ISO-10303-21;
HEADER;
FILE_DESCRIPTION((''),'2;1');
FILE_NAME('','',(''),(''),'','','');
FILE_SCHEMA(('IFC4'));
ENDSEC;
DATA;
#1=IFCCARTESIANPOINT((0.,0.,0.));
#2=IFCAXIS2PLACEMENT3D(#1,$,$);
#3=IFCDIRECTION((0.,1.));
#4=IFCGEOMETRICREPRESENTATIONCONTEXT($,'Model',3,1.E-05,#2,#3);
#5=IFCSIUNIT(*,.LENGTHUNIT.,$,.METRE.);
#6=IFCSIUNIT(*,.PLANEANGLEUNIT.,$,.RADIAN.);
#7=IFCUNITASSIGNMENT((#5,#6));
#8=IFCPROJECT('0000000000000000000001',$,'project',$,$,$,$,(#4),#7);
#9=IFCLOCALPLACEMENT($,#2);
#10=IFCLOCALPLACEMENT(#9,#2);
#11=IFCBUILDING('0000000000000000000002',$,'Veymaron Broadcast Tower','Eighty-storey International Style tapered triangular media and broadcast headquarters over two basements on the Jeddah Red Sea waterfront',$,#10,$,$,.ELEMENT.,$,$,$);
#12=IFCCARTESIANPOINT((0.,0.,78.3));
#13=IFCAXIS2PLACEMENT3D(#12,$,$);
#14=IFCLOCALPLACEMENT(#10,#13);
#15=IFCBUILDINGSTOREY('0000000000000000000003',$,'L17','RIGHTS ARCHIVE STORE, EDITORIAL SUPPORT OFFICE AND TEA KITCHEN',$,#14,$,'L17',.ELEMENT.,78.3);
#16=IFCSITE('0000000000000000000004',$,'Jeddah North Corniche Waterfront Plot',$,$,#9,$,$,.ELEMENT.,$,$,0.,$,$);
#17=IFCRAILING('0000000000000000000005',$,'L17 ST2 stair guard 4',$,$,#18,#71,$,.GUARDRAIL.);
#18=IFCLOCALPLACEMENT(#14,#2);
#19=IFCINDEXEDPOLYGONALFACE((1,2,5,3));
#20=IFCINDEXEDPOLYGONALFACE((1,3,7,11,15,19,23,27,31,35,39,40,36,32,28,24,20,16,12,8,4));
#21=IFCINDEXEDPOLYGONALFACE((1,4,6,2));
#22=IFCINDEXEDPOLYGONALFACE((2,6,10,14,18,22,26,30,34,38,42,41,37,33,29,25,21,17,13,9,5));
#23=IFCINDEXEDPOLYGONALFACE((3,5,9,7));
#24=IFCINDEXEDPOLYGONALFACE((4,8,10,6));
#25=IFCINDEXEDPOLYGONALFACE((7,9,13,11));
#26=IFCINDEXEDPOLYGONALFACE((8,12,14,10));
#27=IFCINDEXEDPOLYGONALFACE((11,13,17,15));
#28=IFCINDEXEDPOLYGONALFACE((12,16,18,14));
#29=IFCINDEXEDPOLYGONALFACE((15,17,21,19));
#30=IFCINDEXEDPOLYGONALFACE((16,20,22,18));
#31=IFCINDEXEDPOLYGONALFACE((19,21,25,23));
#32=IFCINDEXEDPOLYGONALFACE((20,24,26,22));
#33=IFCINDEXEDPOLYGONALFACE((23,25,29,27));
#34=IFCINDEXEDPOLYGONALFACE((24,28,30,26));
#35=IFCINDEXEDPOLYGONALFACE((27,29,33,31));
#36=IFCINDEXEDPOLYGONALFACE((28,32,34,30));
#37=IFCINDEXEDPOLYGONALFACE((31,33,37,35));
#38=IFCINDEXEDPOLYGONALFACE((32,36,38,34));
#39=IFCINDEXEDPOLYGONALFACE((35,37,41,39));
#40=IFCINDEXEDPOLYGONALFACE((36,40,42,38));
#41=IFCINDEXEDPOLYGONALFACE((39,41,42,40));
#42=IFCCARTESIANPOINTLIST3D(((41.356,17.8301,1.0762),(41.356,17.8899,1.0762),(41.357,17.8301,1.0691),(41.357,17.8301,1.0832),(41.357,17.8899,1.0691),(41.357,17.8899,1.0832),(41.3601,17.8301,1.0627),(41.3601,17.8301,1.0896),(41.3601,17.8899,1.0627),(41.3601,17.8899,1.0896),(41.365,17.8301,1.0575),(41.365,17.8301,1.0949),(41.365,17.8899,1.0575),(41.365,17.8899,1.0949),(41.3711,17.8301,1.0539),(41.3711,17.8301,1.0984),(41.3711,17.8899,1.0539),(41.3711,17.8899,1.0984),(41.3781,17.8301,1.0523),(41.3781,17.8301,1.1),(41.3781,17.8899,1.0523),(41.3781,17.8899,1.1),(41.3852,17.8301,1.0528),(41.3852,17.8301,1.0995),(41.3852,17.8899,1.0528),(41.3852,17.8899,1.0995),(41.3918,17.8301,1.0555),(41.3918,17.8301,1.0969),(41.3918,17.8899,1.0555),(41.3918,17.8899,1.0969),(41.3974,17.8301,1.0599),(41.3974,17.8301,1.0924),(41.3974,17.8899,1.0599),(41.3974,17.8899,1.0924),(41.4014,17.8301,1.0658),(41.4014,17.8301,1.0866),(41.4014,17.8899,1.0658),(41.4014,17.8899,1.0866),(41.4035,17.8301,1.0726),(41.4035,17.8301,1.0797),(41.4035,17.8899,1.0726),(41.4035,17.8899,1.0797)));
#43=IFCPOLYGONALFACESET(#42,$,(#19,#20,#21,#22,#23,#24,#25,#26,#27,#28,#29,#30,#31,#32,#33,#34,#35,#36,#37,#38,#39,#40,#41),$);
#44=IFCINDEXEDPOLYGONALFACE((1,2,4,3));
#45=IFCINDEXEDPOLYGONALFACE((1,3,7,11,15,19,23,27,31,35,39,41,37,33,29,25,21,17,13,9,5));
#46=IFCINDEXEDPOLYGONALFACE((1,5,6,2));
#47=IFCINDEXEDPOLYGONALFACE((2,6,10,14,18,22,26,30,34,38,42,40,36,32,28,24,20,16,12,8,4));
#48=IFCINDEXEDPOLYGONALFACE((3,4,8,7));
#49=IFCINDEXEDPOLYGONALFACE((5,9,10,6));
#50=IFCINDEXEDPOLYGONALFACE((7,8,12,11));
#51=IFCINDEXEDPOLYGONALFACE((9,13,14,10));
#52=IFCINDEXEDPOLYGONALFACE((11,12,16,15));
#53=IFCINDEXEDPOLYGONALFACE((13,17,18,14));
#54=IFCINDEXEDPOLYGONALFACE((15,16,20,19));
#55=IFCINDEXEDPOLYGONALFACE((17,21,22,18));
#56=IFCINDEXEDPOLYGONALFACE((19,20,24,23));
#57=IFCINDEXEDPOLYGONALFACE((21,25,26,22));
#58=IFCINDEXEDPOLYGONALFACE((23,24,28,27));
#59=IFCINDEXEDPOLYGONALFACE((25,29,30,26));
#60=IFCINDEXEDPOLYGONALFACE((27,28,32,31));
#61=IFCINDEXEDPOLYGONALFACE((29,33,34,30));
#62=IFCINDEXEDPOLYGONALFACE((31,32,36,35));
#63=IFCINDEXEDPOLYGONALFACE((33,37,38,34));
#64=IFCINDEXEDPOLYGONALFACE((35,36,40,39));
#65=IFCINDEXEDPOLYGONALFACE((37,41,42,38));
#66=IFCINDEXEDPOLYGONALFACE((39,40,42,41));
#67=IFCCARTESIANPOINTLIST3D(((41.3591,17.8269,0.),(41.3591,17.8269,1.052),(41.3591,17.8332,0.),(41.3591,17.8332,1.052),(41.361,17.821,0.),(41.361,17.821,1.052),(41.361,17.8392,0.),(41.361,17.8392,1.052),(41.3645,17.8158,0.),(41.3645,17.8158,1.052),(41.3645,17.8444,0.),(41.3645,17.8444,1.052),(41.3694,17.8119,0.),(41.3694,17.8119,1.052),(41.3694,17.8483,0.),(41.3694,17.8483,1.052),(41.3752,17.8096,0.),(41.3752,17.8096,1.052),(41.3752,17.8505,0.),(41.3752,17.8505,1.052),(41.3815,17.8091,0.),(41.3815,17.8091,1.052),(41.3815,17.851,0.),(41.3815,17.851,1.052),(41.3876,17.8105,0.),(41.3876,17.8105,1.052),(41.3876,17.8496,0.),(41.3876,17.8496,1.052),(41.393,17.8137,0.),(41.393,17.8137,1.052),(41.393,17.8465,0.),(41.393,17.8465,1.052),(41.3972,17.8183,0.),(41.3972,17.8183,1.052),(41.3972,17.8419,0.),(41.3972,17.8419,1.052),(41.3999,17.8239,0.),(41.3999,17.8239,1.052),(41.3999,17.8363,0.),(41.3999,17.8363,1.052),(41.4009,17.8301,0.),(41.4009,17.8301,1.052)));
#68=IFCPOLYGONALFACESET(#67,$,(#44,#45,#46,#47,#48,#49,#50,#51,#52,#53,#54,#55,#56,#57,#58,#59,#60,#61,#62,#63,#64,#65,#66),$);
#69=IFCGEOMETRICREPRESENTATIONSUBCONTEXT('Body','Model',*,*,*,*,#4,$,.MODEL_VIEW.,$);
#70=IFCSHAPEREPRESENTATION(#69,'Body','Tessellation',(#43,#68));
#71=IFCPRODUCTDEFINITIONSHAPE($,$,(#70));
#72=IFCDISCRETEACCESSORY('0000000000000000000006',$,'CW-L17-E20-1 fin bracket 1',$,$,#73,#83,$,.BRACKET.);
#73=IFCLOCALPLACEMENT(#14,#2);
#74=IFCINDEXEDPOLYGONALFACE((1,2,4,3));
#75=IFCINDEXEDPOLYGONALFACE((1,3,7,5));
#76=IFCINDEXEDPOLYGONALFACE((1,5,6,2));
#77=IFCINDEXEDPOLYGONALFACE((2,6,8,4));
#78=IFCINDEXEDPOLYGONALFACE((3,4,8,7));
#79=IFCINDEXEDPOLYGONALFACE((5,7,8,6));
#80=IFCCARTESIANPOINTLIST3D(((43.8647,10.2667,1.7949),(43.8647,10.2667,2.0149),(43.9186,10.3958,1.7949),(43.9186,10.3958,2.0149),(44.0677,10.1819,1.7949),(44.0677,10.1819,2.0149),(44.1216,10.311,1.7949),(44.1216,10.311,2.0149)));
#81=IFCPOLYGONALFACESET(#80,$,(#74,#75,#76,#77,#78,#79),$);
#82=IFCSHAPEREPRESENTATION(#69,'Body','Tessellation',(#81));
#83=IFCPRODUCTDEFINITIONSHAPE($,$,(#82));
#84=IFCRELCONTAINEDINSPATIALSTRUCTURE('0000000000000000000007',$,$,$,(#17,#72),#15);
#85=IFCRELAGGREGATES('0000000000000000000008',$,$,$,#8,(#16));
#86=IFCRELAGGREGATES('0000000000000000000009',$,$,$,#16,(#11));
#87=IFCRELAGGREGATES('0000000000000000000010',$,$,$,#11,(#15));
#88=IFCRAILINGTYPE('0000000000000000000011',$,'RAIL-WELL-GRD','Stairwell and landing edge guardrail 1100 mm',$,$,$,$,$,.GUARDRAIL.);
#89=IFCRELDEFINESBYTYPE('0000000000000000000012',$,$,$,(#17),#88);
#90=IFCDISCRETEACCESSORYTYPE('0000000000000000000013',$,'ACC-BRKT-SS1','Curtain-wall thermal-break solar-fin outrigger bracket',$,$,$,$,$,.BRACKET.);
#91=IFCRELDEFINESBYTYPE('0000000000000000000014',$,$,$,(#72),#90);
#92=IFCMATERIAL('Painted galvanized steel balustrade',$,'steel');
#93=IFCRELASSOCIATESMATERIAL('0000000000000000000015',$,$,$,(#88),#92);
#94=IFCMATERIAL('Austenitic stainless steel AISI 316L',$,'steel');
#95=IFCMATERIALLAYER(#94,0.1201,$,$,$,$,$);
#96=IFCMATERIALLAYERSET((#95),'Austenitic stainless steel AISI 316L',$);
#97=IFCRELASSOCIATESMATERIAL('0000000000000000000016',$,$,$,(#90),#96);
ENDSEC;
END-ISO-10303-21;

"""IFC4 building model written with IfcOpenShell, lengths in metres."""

from ifc_helpers import new_model, si_unit, direction, frame, origin, origin_2d, place, context, subcontext, project, spatial, rectangle, circle, extrude, material, layer, layer_set, type_object, element, save


model = new_model("IFC4")

# Units and contexts
model_context = context("Model", 3, precision=1e-05, world=origin(), true_north=direction((0.0, 1.0)))
body_context = subcontext(model_context, "Body", "Model", "MODEL_VIEW")
ifc_project = project(units=[si_unit("LENGTHUNIT", "METRE"), si_unit("PLANEANGLEUNIT", "RADIAN")], contexts=[model_context])

# Site, building, storey
site_placement = place(None, origin())
site = spatial("IfcSite", under=ifc_project, at=site_placement, Name="Jeddah North Corniche Waterfront Plot", CompositionType="ELEMENT", RefElevation=0.0)
building_placement = place(site_placement, origin())
building = spatial("IfcBuilding", under=site, at=building_placement, Name="Veymaron Broadcast Tower", Description="Eighty-storey International Style tapered triangular media and broadcast headquarters over two basements on the Jeddah Red Sea waterfront", CompositionType="ELEMENT")
storey_placement = place(building_placement, frame((0.0, 0.0, 78.3)))
storey = spatial("IfcBuildingStorey", under=building, at=storey_placement, Name="L17", Description="RIGHTS ARCHIVE STORE, EDITORIAL SUPPORT OFFICE AND TEA KITCHEN", LongName="L17", CompositionType="ELEMENT", Elevation=78.3)

# Railing
ifc_material_1 = material(Name="Painted galvanized steel balustrade", Category="steel")
railing_type_1 = type_object("IfcRailingType", Name="RAIL-WELL-GRD", Description="Stairwell and landing edge guardrail 1100 mm", PredefinedType="GUARDRAIL", material=ifc_material_1)
railing_1_placement = place(storey_placement, frame((41.3799, 17.8301, 0.0)))
element("IfcRailing", 1, at=railing_1_placement, inside=storey, type_object=railing_type_1, Name="L17 ST2 stair guard 4", PredefinedType="GUARDRAIL", context=body_context, shape_type="SweptSolid", body=[
    extrude(circle(Radius=0.0239, at=origin_2d()), frame((0.0, 0.0, 1.0762), z_axis=(0.0, 1.0, 0.0), x_axis=(-1.0, 0.0, 0.0)), (0.0, 0.0, 1.0), 0.0598),
    extrude(circle(Radius=0.021, at=origin_2d()), origin(), (0.0, 0.0, 1.0), 1.052),
])

# Discrete accessory
ifc_material_2 = material(Name="Austenitic stainless steel AISI 316L", Category="steel")
ifc_layer_1 = layer(ifc_material_2, 0.1201)
ifc_layer_set_1 = layer_set([ifc_layer_1], Name="Austenitic stainless steel AISI 316L")
discrete_accessory_type = type_object("IfcDiscreteAccessoryType", Name="ACC-BRKT-SS1", Description="Curtain-wall thermal-break solar-fin outrigger bracket", PredefinedType="BRACKET", material=ifc_layer_set_1)
discrete_accessory_placement = place(storey_placement, frame((43.9932, 10.2888, 1.7949), z_axis=(0.0, 0.0, 1.0), x_axis=(0.922713, -0.385487, 0.0)))
element("IfcDiscreteAccessory", 2, at=discrete_accessory_placement, inside=storey, type_object=discrete_accessory_type, Name="CW-L17-E20-1 fin bracket 1", PredefinedType="BRACKET", context=body_context, shape_type="SweptSolid", body=[
    extrude(rectangle(XDim=0.22, YDim=0.1399, at=origin_2d()), origin(), (0.0, 0.0, 1.0), 0.22),
])

save(model, "model.ifc")
